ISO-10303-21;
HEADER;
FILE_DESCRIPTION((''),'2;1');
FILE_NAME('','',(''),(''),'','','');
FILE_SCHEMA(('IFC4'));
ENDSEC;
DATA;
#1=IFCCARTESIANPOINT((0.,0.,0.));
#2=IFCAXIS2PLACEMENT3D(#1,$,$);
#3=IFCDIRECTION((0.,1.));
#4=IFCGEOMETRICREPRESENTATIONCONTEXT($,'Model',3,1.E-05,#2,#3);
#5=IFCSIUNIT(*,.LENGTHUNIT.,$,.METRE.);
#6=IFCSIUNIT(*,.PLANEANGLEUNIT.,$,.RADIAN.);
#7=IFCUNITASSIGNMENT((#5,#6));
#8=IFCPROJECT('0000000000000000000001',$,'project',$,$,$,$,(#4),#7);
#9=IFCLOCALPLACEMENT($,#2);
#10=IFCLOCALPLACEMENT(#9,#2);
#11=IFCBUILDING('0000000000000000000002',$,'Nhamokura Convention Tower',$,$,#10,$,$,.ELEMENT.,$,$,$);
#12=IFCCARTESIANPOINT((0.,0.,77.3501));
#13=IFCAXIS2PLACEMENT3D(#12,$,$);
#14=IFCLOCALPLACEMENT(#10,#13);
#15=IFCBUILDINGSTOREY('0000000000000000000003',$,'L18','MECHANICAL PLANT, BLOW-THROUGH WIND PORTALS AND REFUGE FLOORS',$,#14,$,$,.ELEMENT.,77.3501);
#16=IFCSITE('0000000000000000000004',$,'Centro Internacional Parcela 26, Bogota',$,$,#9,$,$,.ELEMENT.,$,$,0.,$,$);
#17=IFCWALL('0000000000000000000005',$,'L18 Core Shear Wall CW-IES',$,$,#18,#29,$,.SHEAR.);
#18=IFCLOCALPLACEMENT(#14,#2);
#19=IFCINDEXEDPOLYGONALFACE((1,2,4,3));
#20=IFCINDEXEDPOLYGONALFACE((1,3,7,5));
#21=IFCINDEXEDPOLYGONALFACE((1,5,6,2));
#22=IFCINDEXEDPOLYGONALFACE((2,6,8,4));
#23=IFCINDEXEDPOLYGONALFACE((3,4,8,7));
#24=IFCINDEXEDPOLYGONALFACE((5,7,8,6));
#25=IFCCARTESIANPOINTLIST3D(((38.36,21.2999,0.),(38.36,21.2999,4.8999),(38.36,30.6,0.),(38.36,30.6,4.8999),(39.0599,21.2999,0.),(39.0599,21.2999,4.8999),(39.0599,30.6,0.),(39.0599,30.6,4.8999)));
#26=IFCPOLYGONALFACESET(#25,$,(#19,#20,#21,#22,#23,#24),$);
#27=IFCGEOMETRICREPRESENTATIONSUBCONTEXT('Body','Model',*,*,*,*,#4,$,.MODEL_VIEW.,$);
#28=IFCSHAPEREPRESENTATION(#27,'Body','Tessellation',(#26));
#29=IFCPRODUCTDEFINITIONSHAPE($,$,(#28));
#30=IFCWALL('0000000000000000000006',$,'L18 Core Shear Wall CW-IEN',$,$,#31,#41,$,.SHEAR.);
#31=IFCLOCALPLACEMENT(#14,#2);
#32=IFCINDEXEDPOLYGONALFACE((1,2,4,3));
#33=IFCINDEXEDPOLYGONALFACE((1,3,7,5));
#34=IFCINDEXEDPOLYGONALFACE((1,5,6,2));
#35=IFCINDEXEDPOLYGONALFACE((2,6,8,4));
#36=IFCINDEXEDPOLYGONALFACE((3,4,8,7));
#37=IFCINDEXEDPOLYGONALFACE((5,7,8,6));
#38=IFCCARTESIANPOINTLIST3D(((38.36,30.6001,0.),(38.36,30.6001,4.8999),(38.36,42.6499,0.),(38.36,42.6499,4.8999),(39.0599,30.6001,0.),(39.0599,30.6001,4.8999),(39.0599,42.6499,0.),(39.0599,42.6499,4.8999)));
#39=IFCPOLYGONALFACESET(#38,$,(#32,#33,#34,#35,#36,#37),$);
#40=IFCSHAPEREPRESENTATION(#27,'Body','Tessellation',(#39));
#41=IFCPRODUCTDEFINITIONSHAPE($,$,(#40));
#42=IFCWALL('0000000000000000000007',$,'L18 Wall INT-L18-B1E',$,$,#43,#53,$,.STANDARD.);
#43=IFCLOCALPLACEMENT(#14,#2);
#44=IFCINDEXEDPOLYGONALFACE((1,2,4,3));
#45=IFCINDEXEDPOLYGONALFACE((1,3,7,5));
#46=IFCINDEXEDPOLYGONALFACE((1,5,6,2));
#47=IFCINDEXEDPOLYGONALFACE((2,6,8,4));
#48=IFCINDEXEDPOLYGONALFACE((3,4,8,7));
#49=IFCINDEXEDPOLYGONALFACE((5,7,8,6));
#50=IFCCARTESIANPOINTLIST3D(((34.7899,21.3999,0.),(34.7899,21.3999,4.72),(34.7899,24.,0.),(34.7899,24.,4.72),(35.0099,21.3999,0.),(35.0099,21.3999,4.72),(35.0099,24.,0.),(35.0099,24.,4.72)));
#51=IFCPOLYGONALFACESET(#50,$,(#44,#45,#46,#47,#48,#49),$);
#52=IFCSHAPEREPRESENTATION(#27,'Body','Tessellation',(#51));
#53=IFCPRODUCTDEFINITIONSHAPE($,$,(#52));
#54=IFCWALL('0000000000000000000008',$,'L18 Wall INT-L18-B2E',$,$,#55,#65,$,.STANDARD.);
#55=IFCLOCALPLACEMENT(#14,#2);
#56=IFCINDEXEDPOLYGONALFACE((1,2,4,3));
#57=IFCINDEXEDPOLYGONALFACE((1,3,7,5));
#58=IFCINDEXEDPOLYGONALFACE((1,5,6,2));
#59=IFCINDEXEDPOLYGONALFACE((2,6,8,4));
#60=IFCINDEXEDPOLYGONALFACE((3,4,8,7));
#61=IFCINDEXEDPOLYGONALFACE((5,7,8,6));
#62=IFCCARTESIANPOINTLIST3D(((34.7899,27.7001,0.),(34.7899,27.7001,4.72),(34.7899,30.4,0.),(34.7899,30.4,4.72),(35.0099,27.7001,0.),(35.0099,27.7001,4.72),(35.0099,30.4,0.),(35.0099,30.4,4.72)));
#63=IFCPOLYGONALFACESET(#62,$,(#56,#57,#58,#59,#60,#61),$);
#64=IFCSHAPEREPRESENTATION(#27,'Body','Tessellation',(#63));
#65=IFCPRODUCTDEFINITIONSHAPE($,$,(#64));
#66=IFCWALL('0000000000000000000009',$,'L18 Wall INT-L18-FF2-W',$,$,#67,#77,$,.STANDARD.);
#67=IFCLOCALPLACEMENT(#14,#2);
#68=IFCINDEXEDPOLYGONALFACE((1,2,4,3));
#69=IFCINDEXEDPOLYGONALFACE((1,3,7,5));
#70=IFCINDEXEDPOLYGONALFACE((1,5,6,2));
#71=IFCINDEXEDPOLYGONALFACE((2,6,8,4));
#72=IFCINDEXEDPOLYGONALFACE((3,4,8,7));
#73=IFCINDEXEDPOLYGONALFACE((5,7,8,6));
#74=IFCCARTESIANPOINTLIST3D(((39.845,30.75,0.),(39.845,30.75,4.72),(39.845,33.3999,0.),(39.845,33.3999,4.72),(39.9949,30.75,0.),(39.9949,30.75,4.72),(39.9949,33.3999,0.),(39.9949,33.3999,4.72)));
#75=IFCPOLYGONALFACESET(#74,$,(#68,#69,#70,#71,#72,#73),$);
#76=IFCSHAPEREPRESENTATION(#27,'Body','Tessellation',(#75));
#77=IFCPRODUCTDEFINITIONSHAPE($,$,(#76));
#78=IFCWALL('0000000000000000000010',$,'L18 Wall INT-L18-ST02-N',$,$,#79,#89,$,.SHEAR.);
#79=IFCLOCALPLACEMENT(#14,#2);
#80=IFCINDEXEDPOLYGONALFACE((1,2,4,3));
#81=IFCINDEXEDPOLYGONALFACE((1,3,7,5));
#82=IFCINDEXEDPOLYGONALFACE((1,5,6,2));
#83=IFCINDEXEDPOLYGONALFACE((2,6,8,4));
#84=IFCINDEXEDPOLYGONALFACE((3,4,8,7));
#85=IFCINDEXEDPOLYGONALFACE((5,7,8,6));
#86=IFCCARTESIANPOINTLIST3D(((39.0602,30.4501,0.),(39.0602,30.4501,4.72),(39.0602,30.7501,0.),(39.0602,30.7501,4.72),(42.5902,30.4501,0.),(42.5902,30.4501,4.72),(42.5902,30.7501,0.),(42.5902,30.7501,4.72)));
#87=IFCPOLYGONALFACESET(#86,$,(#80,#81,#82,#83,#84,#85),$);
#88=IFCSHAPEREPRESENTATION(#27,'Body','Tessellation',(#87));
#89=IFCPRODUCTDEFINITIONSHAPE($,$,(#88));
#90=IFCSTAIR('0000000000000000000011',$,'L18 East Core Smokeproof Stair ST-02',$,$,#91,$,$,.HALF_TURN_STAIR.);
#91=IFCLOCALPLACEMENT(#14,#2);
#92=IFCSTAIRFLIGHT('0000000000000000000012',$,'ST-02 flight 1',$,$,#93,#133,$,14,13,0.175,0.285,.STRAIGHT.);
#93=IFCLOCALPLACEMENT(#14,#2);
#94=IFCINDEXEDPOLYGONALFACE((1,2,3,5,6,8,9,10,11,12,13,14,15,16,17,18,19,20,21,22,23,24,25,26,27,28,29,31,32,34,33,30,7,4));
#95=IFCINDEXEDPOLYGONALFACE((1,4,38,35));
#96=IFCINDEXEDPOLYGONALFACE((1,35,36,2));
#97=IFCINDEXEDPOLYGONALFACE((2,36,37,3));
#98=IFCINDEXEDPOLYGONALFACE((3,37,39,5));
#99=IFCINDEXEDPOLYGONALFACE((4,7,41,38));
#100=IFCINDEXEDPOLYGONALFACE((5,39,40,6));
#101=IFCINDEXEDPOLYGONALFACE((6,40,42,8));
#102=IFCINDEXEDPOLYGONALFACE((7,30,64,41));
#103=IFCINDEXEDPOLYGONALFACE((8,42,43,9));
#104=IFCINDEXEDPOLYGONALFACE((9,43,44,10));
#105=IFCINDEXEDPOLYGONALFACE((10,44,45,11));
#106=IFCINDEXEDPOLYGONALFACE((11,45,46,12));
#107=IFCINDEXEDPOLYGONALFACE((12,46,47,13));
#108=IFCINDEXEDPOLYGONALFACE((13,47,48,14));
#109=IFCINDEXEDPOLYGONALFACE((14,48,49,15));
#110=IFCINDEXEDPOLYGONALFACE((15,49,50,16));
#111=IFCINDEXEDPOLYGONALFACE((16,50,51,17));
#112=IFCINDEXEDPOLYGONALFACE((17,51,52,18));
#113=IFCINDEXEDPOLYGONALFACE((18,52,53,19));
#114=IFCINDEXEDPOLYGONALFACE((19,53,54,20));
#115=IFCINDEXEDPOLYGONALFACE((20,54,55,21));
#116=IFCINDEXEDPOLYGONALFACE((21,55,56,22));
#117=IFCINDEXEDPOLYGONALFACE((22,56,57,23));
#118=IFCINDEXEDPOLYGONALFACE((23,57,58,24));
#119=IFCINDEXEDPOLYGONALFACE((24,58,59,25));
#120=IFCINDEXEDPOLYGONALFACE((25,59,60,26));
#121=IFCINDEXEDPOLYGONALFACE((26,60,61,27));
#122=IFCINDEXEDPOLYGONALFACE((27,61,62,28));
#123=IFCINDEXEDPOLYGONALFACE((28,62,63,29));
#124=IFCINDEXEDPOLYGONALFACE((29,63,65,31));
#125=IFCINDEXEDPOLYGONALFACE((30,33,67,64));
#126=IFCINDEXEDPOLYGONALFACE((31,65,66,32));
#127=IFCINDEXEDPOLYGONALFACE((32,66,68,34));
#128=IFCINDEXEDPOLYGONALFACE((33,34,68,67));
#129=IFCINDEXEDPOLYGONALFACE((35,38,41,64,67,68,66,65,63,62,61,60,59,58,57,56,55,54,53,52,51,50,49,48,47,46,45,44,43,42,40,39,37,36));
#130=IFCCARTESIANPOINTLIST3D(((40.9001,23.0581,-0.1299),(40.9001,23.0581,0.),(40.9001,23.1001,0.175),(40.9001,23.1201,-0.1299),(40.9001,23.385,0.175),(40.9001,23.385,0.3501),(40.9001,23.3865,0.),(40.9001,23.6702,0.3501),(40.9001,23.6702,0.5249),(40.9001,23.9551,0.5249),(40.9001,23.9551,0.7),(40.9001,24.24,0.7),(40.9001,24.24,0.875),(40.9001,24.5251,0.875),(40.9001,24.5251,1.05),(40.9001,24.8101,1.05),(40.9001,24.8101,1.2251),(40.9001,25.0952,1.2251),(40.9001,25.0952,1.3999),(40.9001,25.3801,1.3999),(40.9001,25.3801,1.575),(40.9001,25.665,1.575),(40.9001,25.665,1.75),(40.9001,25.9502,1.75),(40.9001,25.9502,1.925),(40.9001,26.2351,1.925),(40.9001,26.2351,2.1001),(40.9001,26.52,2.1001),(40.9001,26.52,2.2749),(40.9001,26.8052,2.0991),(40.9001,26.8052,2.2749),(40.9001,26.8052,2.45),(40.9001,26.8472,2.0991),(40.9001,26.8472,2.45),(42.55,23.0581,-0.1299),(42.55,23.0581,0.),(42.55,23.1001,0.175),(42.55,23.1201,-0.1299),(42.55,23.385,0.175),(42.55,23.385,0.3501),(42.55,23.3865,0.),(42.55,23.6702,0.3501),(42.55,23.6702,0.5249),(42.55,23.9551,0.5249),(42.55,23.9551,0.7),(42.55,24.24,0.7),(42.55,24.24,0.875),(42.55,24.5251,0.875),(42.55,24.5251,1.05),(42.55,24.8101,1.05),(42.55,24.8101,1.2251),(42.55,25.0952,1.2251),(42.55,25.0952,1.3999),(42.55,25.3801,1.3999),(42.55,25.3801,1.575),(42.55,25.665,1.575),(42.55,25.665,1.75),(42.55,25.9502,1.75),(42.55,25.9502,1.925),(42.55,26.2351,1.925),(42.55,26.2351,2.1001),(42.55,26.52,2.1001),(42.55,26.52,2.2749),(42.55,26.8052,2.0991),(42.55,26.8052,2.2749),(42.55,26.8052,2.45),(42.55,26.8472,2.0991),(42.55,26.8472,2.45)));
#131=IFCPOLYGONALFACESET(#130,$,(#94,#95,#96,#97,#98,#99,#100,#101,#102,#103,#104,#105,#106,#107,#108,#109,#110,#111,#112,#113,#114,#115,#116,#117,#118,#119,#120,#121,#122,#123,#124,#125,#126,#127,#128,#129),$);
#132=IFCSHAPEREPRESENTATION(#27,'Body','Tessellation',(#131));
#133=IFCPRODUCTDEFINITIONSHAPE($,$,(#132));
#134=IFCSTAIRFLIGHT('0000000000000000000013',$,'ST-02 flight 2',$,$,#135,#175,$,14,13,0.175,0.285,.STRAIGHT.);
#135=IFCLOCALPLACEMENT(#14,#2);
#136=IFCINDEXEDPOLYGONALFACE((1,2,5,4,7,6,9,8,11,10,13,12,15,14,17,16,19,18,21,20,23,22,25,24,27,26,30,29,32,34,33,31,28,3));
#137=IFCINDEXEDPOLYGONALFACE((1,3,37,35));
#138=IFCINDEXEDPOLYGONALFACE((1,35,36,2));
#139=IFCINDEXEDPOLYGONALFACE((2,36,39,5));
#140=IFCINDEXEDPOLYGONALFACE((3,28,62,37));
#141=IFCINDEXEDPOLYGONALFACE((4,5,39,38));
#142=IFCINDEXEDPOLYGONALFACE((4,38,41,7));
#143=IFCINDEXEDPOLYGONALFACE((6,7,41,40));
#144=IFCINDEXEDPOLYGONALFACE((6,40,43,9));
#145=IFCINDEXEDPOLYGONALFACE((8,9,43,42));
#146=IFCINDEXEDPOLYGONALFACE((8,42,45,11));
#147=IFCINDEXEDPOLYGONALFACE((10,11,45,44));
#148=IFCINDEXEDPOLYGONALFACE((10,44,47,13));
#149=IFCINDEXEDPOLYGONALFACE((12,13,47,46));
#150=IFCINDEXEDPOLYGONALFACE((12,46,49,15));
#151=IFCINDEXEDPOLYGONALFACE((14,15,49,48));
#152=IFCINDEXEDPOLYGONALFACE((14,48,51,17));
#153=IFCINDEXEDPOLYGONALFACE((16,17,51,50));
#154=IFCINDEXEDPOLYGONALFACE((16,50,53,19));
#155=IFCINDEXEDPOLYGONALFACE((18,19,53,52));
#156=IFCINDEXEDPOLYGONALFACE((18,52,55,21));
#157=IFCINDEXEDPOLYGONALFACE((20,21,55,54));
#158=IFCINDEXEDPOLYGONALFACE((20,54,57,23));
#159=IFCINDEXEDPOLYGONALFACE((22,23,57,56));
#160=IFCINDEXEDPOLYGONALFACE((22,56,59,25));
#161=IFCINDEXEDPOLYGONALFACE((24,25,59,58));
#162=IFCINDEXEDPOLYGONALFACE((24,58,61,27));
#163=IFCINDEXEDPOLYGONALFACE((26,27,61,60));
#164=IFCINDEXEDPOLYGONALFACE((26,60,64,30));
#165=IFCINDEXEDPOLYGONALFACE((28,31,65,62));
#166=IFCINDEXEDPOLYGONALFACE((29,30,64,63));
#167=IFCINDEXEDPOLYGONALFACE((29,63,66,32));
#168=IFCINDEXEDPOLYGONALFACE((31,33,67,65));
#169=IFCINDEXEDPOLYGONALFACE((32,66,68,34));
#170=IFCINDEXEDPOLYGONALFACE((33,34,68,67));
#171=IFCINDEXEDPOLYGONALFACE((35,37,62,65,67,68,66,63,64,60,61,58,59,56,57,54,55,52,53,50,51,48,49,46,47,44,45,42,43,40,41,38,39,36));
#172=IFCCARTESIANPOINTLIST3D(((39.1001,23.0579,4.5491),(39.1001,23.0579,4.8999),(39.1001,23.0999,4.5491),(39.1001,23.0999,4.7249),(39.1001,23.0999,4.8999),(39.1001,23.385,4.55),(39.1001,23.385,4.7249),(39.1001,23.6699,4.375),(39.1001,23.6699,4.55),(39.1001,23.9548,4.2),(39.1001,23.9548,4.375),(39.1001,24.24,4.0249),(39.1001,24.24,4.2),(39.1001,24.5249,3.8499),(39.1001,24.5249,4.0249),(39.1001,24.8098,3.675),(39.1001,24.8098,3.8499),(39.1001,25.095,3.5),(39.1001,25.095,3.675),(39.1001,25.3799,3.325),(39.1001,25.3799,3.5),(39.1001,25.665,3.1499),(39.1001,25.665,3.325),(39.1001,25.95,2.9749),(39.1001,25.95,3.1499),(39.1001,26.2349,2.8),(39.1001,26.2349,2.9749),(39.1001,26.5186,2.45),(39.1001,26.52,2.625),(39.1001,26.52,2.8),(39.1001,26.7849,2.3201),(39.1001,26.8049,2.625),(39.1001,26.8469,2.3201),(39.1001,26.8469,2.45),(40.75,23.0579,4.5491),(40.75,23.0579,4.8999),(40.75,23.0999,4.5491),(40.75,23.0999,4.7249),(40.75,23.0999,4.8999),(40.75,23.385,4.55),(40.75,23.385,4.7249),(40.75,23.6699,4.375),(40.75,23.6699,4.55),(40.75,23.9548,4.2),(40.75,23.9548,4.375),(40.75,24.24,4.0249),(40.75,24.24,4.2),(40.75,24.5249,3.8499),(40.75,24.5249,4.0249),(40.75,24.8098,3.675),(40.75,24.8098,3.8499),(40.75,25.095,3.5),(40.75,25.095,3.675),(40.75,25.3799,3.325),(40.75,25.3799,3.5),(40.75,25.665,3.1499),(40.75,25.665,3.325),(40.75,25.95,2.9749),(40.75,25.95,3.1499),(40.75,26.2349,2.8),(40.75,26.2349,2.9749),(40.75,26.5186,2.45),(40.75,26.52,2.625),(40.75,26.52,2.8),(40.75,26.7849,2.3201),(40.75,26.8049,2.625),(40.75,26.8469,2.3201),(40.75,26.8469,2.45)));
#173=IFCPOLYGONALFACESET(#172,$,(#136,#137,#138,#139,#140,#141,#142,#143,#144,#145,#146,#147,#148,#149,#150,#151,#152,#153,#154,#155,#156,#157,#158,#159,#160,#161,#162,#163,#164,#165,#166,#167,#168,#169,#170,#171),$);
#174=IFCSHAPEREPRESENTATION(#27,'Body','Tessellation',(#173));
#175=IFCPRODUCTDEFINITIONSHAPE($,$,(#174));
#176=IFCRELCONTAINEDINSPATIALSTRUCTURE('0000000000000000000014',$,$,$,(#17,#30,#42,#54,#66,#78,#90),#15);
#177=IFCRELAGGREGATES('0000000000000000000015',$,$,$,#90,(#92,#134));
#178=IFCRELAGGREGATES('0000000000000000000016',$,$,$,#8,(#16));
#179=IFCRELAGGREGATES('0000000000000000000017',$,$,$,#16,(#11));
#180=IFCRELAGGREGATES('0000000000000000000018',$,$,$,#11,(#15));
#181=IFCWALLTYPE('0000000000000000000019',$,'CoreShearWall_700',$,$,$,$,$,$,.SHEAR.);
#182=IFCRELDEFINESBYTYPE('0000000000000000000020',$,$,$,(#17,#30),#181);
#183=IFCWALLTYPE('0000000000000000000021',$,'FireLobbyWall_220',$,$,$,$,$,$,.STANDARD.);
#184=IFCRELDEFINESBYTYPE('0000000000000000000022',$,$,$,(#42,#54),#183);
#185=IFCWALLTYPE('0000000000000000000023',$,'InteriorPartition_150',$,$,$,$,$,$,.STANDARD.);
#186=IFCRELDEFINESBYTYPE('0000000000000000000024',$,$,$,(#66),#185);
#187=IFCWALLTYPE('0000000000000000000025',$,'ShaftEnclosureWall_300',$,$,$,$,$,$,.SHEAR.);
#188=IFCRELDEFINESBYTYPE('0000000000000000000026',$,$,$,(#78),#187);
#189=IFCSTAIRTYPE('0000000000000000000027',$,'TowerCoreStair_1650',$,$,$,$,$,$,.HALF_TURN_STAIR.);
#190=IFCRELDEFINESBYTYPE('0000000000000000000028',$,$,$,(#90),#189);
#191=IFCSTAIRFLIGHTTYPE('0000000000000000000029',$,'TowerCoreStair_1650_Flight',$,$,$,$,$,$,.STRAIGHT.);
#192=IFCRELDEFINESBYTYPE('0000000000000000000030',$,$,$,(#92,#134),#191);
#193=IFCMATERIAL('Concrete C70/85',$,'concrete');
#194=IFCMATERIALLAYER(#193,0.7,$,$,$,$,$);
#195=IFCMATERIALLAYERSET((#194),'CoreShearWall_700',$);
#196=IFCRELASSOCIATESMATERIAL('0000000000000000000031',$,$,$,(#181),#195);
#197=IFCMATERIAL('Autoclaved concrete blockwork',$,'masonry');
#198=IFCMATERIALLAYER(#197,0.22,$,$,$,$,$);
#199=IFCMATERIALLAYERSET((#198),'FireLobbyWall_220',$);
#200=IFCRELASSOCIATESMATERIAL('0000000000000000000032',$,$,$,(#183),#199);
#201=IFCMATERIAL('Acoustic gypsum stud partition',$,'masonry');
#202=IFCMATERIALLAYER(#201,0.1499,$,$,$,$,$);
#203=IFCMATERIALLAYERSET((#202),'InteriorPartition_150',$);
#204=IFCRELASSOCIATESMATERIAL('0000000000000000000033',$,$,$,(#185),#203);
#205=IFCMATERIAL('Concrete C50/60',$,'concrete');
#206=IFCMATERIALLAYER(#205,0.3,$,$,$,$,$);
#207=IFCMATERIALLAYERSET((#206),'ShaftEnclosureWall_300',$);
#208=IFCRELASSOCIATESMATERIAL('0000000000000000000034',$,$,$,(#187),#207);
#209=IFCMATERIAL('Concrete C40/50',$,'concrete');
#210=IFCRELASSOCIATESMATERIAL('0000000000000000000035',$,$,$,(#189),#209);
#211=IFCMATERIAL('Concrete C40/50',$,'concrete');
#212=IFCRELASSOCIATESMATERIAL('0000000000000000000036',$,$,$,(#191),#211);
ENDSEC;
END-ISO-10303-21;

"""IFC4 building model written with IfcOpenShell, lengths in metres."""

from ifc_helpers import new_model, si_unit, direction, frame, frame_2d, origin, place, context, subcontext, project, spatial, polyline, rectangle, outline, extrude, material, layer, layer_set, type_object, element, aggregate, save


model = new_model("IFC4")

# Units and contexts
model_context = context("Model", 3, precision=1e-05, world=origin(), true_north=direction((0.0, 1.0)))
body_context = subcontext(model_context, "Body", "Model", "MODEL_VIEW")
ifc_project = project(units=[si_unit("LENGTHUNIT", "METRE"), si_unit("PLANEANGLEUNIT", "RADIAN")], contexts=[model_context])

# Site, building, storey
site_placement = place(None, origin())
site = spatial("IfcSite", under=ifc_project, at=site_placement, Name="Centro Internacional Parcela 26, Bogota", CompositionType="ELEMENT", RefElevation=0.0)
building_placement = place(site_placement, origin())
building = spatial("IfcBuilding", under=site, at=building_placement, Name="Nhamokura Convention Tower", CompositionType="ELEMENT")
storey_placement = place(building_placement, frame((0.0, 0.0, 77.3501)))
storey = spatial("IfcBuildingStorey", under=building, at=storey_placement, Name="L18", Description="MECHANICAL PLANT, BLOW-THROUGH WIND PORTALS AND REFUGE FLOORS", CompositionType="ELEMENT", Elevation=77.3501)

# Shared definitions
ifc_material_1 = material(Name="Concrete C70/85", Category="concrete")
ifc_layer_1 = layer(ifc_material_1, 0.7)
ifc_layer_set_1 = layer_set([ifc_layer_1], Name="CoreShearWall_700")
wall_type_1 = type_object("IfcWallType", Name="CoreShearWall_700", PredefinedType="SHEAR", material=ifc_layer_set_1)

# Walls
wall_1_placement = place(storey_placement, frame((38.71, 21.3, 0.0), z_axis=(0.0, 0.0, 1.0), x_axis=(0.0, 1.0, 0.0)))
element("IfcWall", 1, at=wall_1_placement, inside=storey, type_object=wall_type_1, Name="L18 Core Shear Wall CW-IES", PredefinedType="SHEAR", context=body_context, shape_type="SweptSolid", body=[
    extrude(rectangle(XDim=9.3, YDim=0.7, at=frame_2d((4.6499, 0.0))), origin(), (0.0, 0.0, 1.0), 4.8999),
])
wall_2_placement = place(storey_placement, frame((38.71, 30.6001, 0.0), z_axis=(0.0, 0.0, 1.0), x_axis=(0.0, 1.0, 0.0)))
element("IfcWall", 2, at=wall_2_placement, inside=storey, type_object=wall_type_1, Name="L18 Core Shear Wall CW-IEN", PredefinedType="SHEAR", context=body_context, shape_type="SweptSolid", body=[
    extrude(rectangle(XDim=12.0498, YDim=0.7, at=frame_2d((6.0249, 0.0))), origin(), (0.0, 0.0, 1.0), 4.8999),
])
ifc_material_2 = material(Name="Autoclaved concrete blockwork", Category="masonry")
ifc_layer_2 = layer(ifc_material_2, 0.22)
ifc_layer_set_2 = layer_set([ifc_layer_2], Name="FireLobbyWall_220")
wall_type_2 = type_object("IfcWallType", Name="FireLobbyWall_220", PredefinedType="STANDARD", material=ifc_layer_set_2)
wall_3_placement = place(storey_placement, frame((34.8999, 21.3999, 0.0), z_axis=(0.0, 0.0, 1.0), x_axis=(0.0, 1.0, 0.0)))
element("IfcWall", 3, at=wall_3_placement, inside=storey, type_object=wall_type_2, Name="L18 Wall INT-L18-B1E", PredefinedType="STANDARD", context=body_context, shape_type="SweptSolid", body=[
    extrude(rectangle(XDim=2.6001, YDim=0.22, at=frame_2d((1.3, 0.0))), origin(), (0.0, 0.0, 1.0), 4.72),
])
wall_4_placement = place(storey_placement, frame((34.8999, 27.7, 0.0), z_axis=(0.0, 0.0, 1.0), x_axis=(0.0, 1.0, 0.0)))
element("IfcWall", 4, at=wall_4_placement, inside=storey, type_object=wall_type_2, Name="L18 Wall INT-L18-B2E", PredefinedType="STANDARD", context=body_context, shape_type="SweptSolid", body=[
    extrude(rectangle(XDim=2.7, YDim=0.22, at=frame_2d((1.3501, 0.0))), origin(), (0.0, 0.0, 1.0), 4.72),
])
ifc_material_3 = material(Name="Acoustic gypsum stud partition", Category="masonry")
ifc_layer_3 = layer(ifc_material_3, 0.1499)
ifc_layer_set_3 = layer_set([ifc_layer_3], Name="InteriorPartition_150")
wall_type_3 = type_object("IfcWallType", Name="InteriorPartition_150", PredefinedType="STANDARD", material=ifc_layer_set_3)
wall_5_placement = place(storey_placement, frame((39.9199, 30.75, 0.0), z_axis=(0.0, 0.0, 1.0), x_axis=(0.0, 1.0, 0.0)))
element("IfcWall", 5, at=wall_5_placement, inside=storey, type_object=wall_type_3, Name="L18 Wall INT-L18-FF2-W", PredefinedType="STANDARD", context=body_context, shape_type="SweptSolid", body=[
    extrude(rectangle(XDim=2.6499, YDim=0.1499, at=frame_2d((1.325, 0.0))), origin(), (0.0, 0.0, 1.0), 4.72),
])
ifc_material_4 = material(Name="Concrete C50/60", Category="concrete")
ifc_layer_4 = layer(ifc_material_4, 0.3)
ifc_layer_set_4 = layer_set([ifc_layer_4], Name="ShaftEnclosureWall_300")
wall_type_4 = type_object("IfcWallType", Name="ShaftEnclosureWall_300", PredefinedType="SHEAR", material=ifc_layer_set_4)
wall_6_placement = place(storey_placement, frame((39.0601, 30.6001, 0.0), z_axis=(0.0, 0.0, 1.0), x_axis=(1.0, 0.0, 0.0)))
element("IfcWall", 6, at=wall_6_placement, inside=storey, type_object=wall_type_4, Name="L18 Wall INT-L18-ST02-N", PredefinedType="SHEAR", context=body_context, shape_type="SweptSolid", body=[
    extrude(rectangle(XDim=3.53, YDim=0.3, at=frame_2d((1.7651, 0.0))), origin(), (0.0, 0.0, 1.0), 4.72),
])

# Stair, stair flights
ifc_material_5 = material(Name="Concrete C40/50", Category="concrete")
stair_type = type_object("IfcStairType", Name="TowerCoreStair_1650", PredefinedType="HALF_TURN_STAIR", material=ifc_material_5)
stair_placement = place(storey_placement, origin())
stair = element("IfcStair", 7, at=stair_placement, inside=storey, type_object=stair_type, Name="L18 East Core Smokeproof Stair ST-02", PredefinedType="HALF_TURN_STAIR")
ifc_material_6 = material(Name="Concrete C40/50", Category="concrete")
stair_flight_type = type_object("IfcStairFlightType", Name="TowerCoreStair_1650_Flight", PredefinedType="STRAIGHT", material=ifc_material_6)
stair_flight_1_placement = place(storey_placement, frame((41.7251, 23.1001, 0.0), z_axis=(0.0, 0.0, 1.0), x_axis=(0.0, 1.0, 0.0)))
stair_flight_1 = element("IfcStairFlight", 8, at=stair_flight_1_placement, type_object=stair_flight_type, Name="ST-02 flight 1", NumberOfRisers=14, NumberOfTreads=13, PredefinedType="STRAIGHT", RiserHeight=0.175, TreadLength=0.285, context=body_context, shape_type="SweptSolid", body=[
    extrude(outline(polyline([(-0.042, 0.0), (0.0, 0.175), (0.2849, 0.175), (0.2849, 0.3501), (0.5701, 0.3501), (0.5701, 0.5249), (0.855, 0.5249), (0.855, 0.7), (1.1399, 0.7), (1.1399, 0.875), (1.425, 0.875), (1.425, 1.05), (1.71, 1.05), (1.71, 1.2251), (1.9951, 1.2251), (1.9951, 1.3999), (2.28, 1.3999), (2.28, 1.575), (2.5649, 1.575), (2.5649, 1.75), (2.8501, 1.75), (2.8501, 1.925), (3.135, 1.925), (3.135, 2.1001), (3.4199, 2.1001), (3.4199, 2.2749), (3.7051, 2.2749), (3.7051, 2.45), (3.7471, 2.45), (3.7471, 2.0991), (3.7051, 2.0991), (0.2864, 0.0), (0.02, -0.1299), (-0.042, -0.1299), (-0.042, 0.0)])), frame((0.0, 0.825, 0.0), z_axis=(0.0, -1.0, 0.0), x_axis=(1.0, 0.0, 0.0)), (0.0, 0.0, 1.0), 1.6499),
])
stair_flight_2_placement = place(storey_placement, frame((39.925, 26.8049, 2.45), z_axis=(0.0, 0.0, 1.0), x_axis=(0.0, -1.0, 0.0)))
stair_flight_2 = element("IfcStairFlight", 9, at=stair_flight_2_placement, type_object=stair_flight_type, Name="ST-02 flight 2", NumberOfRisers=14, NumberOfTreads=13, PredefinedType="STRAIGHT", RiserHeight=0.175, TreadLength=0.285, context=body_context, shape_type="SweptSolid", body=[
    extrude(outline(polyline([(-0.042, 0.0), (0.0, 0.175), (0.2849, 0.175), (0.2849, 0.3501), (0.5701, 0.3501), (0.5701, 0.5249), (0.855, 0.5249), (0.855, 0.7), (1.1399, 0.7), (1.1399, 0.875), (1.425, 0.875), (1.425, 1.05), (1.71, 1.05), (1.71, 1.2251), (1.9951, 1.2251), (1.9951, 1.3999), (2.28, 1.3999), (2.28, 1.575), (2.5649, 1.575), (2.5649, 1.75), (2.8501, 1.75), (2.8501, 1.925), (3.135, 1.925), (3.135, 2.1001), (3.4199, 2.1001), (3.4199, 2.2749), (3.7051, 2.2749), (3.7051, 2.45), (3.7471, 2.45), (3.7471, 2.0991), (3.7051, 2.0991), (0.2864, 0.0), (0.02, -0.1299), (-0.042, -0.1299), (-0.042, 0.0)])), frame((0.0, 0.825, 0.0), z_axis=(0.0, -1.0, 0.0), x_axis=(1.0, 0.0, 0.0)), (0.0, 0.0, 1.0), 1.6499),
])
aggregate(stair, [stair_flight_1, stair_flight_2])

save(model, "model.ifc")
